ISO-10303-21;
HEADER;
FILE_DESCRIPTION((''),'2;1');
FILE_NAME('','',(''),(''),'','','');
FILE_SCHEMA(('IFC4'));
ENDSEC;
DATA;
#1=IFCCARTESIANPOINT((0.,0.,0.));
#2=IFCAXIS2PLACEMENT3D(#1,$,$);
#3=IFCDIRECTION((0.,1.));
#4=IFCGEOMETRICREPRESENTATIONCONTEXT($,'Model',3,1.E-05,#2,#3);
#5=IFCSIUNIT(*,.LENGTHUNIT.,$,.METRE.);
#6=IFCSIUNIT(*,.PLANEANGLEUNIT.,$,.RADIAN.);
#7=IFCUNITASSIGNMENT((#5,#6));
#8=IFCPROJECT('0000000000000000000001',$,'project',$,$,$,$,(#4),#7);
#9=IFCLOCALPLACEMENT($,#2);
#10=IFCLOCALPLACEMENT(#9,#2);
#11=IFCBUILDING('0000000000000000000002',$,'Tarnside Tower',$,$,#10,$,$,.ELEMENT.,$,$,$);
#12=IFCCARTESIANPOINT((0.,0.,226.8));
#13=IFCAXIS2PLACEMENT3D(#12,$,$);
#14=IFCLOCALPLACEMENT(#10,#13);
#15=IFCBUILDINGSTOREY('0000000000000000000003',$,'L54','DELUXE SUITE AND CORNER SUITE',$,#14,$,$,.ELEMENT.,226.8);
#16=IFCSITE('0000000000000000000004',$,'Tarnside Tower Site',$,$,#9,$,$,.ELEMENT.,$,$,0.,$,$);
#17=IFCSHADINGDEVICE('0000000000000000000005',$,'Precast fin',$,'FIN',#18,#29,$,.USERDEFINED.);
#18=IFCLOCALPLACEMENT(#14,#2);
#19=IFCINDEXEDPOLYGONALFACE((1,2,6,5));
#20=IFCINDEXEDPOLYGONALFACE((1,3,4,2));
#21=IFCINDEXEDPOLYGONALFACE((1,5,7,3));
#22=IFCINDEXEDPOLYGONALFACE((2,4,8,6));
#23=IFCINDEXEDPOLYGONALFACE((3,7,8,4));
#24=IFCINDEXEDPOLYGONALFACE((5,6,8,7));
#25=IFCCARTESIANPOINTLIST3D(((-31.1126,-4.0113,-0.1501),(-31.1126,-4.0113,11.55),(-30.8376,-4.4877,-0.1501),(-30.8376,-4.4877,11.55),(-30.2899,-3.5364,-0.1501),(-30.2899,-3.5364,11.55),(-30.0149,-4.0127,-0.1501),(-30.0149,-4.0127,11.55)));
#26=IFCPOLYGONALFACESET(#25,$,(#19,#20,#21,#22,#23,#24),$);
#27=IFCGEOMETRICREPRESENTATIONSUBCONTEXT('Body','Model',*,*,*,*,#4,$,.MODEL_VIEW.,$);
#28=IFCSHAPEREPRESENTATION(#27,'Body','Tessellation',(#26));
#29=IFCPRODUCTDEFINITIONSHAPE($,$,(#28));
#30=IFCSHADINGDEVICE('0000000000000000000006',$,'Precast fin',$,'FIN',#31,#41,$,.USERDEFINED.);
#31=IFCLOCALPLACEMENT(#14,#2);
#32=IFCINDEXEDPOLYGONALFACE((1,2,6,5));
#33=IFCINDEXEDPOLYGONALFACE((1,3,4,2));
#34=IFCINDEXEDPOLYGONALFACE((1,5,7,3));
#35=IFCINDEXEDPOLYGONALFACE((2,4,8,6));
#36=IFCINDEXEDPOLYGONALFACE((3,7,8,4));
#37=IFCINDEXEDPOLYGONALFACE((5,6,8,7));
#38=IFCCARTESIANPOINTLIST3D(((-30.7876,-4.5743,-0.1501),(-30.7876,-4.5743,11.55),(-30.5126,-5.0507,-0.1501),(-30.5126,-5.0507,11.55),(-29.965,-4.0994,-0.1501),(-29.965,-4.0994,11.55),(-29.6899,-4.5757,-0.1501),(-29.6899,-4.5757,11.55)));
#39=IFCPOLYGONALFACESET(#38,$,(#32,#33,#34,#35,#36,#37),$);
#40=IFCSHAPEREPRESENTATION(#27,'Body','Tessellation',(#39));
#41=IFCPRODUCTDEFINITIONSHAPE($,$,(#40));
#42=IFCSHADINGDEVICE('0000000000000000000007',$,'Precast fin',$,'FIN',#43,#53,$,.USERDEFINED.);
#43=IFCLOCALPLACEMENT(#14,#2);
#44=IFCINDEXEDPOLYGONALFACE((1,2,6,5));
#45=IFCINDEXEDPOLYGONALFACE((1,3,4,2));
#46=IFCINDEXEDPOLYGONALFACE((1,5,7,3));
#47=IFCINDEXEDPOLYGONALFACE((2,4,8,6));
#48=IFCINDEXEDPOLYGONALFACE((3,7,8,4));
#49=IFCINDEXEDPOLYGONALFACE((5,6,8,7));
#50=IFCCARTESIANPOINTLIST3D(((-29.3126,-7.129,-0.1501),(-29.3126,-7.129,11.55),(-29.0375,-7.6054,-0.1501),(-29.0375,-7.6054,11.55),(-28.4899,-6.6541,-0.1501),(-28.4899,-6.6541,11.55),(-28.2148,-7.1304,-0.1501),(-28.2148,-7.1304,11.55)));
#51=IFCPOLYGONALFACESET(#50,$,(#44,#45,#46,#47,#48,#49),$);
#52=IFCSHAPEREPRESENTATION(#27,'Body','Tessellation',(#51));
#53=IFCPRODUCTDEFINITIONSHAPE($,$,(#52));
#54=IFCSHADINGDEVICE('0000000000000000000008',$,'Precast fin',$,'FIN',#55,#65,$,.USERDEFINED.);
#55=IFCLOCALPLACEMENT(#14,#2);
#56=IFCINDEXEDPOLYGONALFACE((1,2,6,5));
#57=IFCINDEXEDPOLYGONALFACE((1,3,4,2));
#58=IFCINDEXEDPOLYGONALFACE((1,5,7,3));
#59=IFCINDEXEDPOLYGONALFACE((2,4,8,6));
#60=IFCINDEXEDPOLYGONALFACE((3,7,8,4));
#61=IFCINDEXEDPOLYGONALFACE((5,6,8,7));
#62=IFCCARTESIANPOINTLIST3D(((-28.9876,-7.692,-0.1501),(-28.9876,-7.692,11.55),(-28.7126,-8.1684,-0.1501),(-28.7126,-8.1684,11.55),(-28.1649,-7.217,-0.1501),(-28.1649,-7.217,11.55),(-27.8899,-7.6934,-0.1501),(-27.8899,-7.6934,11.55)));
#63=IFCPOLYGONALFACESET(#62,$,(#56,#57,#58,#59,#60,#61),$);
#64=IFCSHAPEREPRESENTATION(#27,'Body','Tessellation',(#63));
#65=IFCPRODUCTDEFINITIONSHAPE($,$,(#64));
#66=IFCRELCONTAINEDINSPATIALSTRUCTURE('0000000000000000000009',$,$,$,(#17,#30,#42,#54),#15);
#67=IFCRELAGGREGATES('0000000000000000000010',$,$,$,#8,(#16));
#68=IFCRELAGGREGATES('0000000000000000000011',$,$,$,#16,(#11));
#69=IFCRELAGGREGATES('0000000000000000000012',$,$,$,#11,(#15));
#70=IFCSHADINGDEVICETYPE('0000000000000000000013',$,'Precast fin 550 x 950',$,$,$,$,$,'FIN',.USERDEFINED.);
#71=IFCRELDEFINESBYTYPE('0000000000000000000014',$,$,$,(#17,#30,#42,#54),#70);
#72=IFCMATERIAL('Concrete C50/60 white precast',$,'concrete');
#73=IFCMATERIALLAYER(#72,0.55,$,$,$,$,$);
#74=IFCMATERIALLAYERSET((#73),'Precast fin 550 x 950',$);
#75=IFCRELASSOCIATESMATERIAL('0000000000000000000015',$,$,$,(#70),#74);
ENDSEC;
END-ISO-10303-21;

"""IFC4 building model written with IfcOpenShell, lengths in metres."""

from ifc_helpers import new_model, si_unit, direction, frame, origin, place, context, subcontext, project, spatial, polyline, outline, extrude, material, layer, layer_set, type_object, element, save


model = new_model("IFC4")

# Units and contexts
model_context = context("Model", 3, precision=1e-05, world=origin(), true_north=direction((0.0, 1.0)))
body_context = subcontext(model_context, "Body", "Model", "MODEL_VIEW")
ifc_project = project(units=[si_unit("LENGTHUNIT", "METRE"), si_unit("PLANEANGLEUNIT", "RADIAN")], contexts=[model_context])

# Site, building, storey
site_placement = place(None, origin())
site = spatial("IfcSite", under=ifc_project, at=site_placement, Name="Tarnside Tower Site", CompositionType="ELEMENT", RefElevation=0.0)
building_placement = place(site_placement, origin())
building = spatial("IfcBuilding", under=site, at=building_placement, Name="Tarnside Tower", CompositionType="ELEMENT")
storey_placement = place(building_placement, frame((0.0, 0.0, 226.8)))
storey = spatial("IfcBuildingStorey", under=building, at=storey_placement, Name="L54", Description="DELUXE SUITE AND CORNER SUITE", CompositionType="ELEMENT", Elevation=226.8)

# Shading devices
ifc_material_1 = material(Name="Concrete C50/60 white precast", Category="concrete")
ifc_layer_1 = layer(ifc_material_1, 0.55)
ifc_layer_set_1 = layer_set([ifc_layer_1], Name="Precast fin 550 x 950")
shading_device_type_1 = type_object("IfcShadingDeviceType", Name="Precast fin 550 x 950", ElementType="FIN", PredefinedType="USERDEFINED", material=ifc_layer_set_1)
for number, where, z_axis, x_axis, name in (
    (1, (-30.1523, -3.7747, -0.1501), (-0.5, 0.866025, 0.0), (-0.866025, -0.5, 0.0), "Precast fin"),
    (2, (-29.8274, -4.3376, -0.1501), (-0.5, 0.866025, 0.0), (-0.866025, -0.5, 0.0), "Precast fin"),
    (3, (-28.3523, -6.8923, -0.1501), (-0.5, 0.866025, 0.0), (-0.866025, -0.5, 0.0), "Precast fin"),
    (4, (-28.0273, -7.4553, -0.1501), (-0.5, 0.866025, 0.0), (-0.866025, -0.5, 0.0), "Precast fin"),
):
    element("IfcShadingDevice", number, at=place(storey_placement, frame(where, z_axis=z_axis, x_axis=x_axis)), inside=storey, type_object=shading_device_type_1, Name=name, ObjectType="FIN", PredefinedType="USERDEFINED", context=body_context, shape_type="SweptSolid", body=[
        extrude(outline(polyline([(0.0, 0.0), (0.95, 0.0), (0.95, 11.7002), (0.0, 11.7002), (0.0, 0.0)])), frame((0.0, 0.0, -0.2749)), (0.0, 0.0, 1.0), 0.55),
    ])

save(model, "model.ifc")
